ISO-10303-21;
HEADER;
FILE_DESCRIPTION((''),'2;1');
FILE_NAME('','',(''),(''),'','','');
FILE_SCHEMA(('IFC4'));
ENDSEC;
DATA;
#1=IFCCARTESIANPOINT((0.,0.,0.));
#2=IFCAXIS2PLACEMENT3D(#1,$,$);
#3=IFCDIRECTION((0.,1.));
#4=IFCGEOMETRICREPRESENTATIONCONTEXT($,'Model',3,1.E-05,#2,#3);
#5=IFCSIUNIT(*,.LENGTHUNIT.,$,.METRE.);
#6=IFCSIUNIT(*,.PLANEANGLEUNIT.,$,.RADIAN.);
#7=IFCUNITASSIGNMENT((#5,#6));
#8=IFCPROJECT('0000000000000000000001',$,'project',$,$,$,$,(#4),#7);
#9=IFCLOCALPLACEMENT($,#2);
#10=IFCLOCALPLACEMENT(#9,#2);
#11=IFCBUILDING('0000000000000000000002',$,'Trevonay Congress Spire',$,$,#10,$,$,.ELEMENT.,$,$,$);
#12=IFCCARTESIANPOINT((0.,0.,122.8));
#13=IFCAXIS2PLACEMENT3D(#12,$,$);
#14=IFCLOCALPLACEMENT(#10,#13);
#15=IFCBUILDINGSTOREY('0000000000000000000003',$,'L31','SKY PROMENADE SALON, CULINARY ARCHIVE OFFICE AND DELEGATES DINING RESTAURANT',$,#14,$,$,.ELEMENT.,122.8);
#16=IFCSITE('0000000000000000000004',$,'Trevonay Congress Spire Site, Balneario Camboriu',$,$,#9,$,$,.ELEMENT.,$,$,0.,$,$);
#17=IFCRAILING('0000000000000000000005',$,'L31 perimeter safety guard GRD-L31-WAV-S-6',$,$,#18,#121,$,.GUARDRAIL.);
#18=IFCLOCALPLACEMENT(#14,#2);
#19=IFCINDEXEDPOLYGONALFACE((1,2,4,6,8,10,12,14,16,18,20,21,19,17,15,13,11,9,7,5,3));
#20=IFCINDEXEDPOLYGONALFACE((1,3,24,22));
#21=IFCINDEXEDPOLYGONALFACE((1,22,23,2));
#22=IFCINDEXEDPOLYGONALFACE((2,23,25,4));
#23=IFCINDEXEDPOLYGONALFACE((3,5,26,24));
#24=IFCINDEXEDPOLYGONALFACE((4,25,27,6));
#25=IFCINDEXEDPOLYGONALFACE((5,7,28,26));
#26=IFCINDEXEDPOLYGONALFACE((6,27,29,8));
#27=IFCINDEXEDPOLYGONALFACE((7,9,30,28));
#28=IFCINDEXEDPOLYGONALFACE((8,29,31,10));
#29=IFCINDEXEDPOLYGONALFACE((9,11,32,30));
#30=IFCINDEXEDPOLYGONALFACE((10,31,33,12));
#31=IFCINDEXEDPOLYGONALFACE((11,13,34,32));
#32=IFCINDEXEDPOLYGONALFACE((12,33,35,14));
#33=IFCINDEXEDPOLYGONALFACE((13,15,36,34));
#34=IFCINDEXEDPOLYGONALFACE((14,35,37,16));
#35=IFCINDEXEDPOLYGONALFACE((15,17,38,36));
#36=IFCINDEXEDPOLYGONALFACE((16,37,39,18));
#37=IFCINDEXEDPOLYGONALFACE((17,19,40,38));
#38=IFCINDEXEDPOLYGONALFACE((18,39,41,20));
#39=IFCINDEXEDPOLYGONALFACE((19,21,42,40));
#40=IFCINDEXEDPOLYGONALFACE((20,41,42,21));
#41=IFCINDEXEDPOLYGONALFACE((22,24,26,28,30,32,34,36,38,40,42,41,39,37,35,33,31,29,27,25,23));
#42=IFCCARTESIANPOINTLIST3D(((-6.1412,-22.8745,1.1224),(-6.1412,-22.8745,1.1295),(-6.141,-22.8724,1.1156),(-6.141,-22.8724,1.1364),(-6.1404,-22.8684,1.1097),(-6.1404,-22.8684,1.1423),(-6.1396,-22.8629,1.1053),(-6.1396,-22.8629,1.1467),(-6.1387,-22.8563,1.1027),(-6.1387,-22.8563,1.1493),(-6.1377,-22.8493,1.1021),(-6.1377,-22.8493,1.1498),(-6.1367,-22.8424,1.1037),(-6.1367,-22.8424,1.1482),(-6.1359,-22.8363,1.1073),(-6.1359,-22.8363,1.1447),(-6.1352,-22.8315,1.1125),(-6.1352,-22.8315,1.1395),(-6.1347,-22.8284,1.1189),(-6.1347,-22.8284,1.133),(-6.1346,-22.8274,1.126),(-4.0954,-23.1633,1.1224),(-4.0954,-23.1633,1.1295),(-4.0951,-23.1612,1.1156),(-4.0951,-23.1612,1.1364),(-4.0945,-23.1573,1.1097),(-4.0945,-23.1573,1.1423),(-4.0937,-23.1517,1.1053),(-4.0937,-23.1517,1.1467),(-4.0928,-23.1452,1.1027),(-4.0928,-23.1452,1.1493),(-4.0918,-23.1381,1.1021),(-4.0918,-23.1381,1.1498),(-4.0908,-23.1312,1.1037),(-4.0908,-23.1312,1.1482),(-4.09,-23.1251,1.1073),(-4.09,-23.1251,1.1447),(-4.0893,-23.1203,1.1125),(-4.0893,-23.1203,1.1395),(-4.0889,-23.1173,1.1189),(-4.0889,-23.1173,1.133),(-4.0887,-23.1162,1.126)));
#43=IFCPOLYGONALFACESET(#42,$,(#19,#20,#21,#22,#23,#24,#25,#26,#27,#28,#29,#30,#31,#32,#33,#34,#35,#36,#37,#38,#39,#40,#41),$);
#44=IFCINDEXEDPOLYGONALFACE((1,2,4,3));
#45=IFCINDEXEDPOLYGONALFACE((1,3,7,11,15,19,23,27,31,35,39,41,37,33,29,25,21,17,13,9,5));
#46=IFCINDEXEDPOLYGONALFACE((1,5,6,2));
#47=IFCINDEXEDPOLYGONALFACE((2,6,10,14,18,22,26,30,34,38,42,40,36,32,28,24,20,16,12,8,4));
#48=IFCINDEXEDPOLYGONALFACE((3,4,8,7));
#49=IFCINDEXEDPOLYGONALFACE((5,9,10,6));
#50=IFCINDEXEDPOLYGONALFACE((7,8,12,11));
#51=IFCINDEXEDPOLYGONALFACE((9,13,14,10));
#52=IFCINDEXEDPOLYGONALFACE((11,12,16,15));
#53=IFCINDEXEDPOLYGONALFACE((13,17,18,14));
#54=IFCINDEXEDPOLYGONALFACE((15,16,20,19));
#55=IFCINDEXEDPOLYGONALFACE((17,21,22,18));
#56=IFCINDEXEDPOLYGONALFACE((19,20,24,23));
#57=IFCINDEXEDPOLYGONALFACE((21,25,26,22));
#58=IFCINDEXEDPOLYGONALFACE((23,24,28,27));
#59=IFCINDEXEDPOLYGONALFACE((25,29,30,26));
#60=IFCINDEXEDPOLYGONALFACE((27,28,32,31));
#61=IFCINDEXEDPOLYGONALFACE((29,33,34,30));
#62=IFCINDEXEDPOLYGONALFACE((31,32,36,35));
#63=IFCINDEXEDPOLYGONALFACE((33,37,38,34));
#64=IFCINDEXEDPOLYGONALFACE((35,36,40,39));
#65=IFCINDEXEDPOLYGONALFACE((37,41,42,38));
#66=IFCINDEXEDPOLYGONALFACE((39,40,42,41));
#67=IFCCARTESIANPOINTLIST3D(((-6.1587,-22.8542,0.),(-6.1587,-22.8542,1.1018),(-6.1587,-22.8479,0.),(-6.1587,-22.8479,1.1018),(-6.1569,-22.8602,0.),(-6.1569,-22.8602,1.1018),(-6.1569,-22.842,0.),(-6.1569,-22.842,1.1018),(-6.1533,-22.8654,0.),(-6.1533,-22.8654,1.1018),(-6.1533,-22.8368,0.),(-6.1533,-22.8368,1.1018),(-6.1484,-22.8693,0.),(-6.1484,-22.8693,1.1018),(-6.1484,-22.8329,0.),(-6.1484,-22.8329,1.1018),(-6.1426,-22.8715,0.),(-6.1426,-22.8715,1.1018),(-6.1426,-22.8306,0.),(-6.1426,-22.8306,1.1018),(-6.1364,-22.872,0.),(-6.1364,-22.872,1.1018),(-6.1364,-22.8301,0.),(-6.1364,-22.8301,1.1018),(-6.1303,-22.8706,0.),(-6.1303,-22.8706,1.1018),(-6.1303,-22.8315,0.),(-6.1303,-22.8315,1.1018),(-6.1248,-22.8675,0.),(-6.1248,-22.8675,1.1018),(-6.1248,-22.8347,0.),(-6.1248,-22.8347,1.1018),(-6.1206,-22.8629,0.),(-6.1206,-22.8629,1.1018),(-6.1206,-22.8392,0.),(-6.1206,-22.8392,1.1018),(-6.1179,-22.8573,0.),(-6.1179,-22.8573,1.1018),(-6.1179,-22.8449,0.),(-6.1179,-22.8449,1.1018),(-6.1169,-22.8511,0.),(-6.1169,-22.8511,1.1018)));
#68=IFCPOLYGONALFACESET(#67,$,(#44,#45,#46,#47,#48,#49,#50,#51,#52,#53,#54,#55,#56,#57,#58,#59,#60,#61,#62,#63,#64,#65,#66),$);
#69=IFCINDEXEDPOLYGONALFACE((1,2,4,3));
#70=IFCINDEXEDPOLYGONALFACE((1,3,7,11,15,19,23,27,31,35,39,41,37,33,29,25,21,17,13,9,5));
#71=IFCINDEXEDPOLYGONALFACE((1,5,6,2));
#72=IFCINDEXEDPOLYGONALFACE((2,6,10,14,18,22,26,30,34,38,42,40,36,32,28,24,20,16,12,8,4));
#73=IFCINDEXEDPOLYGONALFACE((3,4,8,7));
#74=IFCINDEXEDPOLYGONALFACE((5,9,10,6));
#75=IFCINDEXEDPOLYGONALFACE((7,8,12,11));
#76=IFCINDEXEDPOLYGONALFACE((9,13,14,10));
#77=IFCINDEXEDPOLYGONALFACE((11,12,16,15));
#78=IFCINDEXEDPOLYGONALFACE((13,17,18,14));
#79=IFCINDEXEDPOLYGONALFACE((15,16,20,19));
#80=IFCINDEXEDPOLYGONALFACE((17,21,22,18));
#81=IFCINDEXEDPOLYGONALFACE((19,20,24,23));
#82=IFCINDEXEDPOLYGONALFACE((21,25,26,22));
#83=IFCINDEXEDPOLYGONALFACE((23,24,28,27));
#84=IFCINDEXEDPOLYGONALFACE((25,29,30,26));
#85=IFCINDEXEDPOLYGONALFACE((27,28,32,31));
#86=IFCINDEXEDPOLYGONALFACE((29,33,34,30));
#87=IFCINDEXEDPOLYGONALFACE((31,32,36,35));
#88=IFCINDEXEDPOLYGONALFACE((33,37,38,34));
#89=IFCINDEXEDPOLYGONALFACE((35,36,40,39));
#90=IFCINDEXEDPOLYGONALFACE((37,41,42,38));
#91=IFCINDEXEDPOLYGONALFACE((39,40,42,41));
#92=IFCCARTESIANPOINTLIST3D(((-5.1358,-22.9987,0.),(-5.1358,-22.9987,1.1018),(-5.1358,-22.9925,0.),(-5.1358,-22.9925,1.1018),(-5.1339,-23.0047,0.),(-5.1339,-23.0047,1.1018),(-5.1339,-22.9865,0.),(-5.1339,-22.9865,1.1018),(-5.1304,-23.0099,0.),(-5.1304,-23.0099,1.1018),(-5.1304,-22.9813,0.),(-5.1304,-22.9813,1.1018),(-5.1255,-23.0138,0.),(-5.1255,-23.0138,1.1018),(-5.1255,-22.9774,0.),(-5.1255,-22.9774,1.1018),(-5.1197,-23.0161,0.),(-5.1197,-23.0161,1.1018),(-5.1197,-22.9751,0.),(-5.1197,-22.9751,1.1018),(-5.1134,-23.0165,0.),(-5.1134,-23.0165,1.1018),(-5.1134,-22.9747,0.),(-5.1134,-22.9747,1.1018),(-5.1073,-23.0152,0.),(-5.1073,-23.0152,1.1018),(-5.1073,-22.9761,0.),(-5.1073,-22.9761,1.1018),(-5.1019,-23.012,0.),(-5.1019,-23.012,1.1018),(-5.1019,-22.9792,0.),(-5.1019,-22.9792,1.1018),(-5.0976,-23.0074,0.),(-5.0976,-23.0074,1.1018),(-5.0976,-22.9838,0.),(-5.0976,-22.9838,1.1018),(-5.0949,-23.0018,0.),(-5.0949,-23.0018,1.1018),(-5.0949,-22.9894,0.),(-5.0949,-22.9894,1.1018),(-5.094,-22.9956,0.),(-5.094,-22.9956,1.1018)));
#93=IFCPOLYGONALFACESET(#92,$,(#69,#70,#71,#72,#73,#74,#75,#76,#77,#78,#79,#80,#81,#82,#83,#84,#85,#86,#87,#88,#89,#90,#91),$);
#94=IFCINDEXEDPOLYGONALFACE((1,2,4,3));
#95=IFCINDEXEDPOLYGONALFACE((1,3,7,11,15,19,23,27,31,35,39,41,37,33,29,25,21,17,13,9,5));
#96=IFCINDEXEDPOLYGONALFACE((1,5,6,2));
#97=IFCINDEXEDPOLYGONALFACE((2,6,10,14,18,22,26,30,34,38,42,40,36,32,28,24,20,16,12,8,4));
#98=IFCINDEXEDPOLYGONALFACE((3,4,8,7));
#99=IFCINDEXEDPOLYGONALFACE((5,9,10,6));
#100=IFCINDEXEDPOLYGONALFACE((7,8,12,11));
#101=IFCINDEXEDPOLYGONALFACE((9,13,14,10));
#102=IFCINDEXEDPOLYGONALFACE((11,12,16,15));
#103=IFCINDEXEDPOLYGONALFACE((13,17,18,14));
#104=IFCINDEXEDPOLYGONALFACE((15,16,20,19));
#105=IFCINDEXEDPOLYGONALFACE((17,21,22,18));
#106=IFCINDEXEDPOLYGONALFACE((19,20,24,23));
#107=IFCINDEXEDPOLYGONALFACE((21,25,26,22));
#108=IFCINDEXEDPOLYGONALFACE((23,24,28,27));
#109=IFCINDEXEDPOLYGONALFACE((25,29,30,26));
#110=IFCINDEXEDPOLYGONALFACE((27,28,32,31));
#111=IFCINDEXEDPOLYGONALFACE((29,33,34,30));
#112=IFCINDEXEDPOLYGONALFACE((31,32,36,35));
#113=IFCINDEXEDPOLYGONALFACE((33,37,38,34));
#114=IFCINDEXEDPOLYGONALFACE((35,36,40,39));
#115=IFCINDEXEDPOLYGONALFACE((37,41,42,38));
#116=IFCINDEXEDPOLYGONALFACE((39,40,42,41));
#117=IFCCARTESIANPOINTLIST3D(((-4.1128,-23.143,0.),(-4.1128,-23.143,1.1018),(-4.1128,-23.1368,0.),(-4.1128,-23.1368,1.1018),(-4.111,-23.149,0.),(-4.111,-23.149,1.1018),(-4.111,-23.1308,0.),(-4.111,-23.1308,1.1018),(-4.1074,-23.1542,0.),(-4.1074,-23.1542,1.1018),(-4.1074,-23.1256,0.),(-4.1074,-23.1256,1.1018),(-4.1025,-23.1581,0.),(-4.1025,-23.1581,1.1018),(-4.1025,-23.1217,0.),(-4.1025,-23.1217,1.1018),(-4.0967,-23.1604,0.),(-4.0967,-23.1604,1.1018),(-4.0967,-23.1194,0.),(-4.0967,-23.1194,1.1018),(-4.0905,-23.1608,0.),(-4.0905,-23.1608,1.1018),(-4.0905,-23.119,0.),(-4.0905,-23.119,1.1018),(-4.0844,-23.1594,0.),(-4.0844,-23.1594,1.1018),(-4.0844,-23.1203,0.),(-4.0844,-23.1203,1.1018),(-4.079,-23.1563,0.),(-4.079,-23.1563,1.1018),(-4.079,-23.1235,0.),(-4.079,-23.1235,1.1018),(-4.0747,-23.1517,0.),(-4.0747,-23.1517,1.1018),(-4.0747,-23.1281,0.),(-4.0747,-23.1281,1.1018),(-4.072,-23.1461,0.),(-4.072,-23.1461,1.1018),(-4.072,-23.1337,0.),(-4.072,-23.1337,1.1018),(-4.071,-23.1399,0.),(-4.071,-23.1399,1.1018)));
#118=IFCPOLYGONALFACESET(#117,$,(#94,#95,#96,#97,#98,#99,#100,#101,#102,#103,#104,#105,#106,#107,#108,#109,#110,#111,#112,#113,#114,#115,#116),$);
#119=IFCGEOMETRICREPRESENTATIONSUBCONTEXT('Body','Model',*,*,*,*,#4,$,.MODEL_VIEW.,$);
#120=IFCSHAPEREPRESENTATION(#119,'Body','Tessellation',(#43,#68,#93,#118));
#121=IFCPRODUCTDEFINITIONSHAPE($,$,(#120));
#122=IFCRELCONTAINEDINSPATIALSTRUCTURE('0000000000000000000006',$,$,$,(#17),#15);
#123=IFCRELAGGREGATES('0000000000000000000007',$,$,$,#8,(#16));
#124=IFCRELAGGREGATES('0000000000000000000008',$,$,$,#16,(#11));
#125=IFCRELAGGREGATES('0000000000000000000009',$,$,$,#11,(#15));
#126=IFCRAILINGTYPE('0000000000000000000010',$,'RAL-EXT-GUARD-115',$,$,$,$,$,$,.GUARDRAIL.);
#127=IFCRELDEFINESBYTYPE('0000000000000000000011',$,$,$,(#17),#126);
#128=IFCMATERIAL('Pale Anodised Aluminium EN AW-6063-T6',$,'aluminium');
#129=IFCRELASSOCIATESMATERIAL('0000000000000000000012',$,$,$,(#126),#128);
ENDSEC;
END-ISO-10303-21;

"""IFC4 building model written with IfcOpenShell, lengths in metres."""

from ifc_helpers import new_model, si_unit, direction, frame, origin, origin_2d, place, context, subcontext, project, spatial, circle, extrude, material, type_object, element, save


model = new_model("IFC4")

# Units and contexts
model_context = context("Model", 3, precision=1e-05, world=origin(), true_north=direction((0.0, 1.0)))
body_context = subcontext(model_context, "Body", "Model", "MODEL_VIEW")
ifc_project = project(units=[si_unit("LENGTHUNIT", "METRE"), si_unit("PLANEANGLEUNIT", "RADIAN")], contexts=[model_context])

# Site, building, storey
site_placement = place(None, origin())
site = spatial("IfcSite", under=ifc_project, at=site_placement, Name="Trevonay Congress Spire Site, Balneario Camboriu", CompositionType="ELEMENT", RefElevation=0.0)
building_placement = place(site_placement, origin())
building = spatial("IfcBuilding", under=site, at=building_placement, Name="Trevonay Congress Spire", CompositionType="ELEMENT")
storey_placement = place(building_placement, frame((0.0, 0.0, 122.8)))
storey = spatial("IfcBuildingStorey", under=building, at=storey_placement, Name="L31", Description="SKY PROMENADE SALON, CULINARY ARCHIVE OFFICE AND DELEGATES DINING RESTAURANT", CompositionType="ELEMENT", Elevation=122.8)

# Shared definitions
ifc_material_1 = material(Name="Pale Anodised Aluminium EN AW-6063-T6", Category="aluminium")

# Railing
railing_type = type_object("IfcRailingType", Name="RAL-EXT-GUARD-115", PredefinedType="GUARDRAIL", material=ifc_material_1)
railing_1_placement = place(storey_placement, frame((-6.1379, -22.8511, 0.0)))
element("IfcRailing", 1, at=railing_1_placement, inside=storey, type_object=railing_type, Name="L31 perimeter safety guard GRD-L31-WAV-S-6", PredefinedType="GUARDRAIL", context=body_context, shape_type="SweptSolid", body=[
    extrude(circle(Radius=0.0239, at=origin_2d()), frame((0.0, 0.0, 1.126), z_axis=(0.990182, -0.139783, 0.0), x_axis=(0.139783, 0.990182, 0.0)), (0.0, 0.0, 1.0), 2.0662),
    extrude(circle(Radius=0.021, at=origin_2d()), origin(), (0.0, 0.0, 1.0), 1.1018),
    extrude(circle(Radius=0.021, at=origin_2d()), frame((1.0229, -0.1445, 0.0)), (0.0, 0.0, 1.0), 1.1018),
    extrude(circle(Radius=0.021, at=origin_2d()), frame((2.0459, -0.2888, 0.0)), (0.0, 0.0, 1.0), 1.1018),
])

save(model, "model.ifc")
